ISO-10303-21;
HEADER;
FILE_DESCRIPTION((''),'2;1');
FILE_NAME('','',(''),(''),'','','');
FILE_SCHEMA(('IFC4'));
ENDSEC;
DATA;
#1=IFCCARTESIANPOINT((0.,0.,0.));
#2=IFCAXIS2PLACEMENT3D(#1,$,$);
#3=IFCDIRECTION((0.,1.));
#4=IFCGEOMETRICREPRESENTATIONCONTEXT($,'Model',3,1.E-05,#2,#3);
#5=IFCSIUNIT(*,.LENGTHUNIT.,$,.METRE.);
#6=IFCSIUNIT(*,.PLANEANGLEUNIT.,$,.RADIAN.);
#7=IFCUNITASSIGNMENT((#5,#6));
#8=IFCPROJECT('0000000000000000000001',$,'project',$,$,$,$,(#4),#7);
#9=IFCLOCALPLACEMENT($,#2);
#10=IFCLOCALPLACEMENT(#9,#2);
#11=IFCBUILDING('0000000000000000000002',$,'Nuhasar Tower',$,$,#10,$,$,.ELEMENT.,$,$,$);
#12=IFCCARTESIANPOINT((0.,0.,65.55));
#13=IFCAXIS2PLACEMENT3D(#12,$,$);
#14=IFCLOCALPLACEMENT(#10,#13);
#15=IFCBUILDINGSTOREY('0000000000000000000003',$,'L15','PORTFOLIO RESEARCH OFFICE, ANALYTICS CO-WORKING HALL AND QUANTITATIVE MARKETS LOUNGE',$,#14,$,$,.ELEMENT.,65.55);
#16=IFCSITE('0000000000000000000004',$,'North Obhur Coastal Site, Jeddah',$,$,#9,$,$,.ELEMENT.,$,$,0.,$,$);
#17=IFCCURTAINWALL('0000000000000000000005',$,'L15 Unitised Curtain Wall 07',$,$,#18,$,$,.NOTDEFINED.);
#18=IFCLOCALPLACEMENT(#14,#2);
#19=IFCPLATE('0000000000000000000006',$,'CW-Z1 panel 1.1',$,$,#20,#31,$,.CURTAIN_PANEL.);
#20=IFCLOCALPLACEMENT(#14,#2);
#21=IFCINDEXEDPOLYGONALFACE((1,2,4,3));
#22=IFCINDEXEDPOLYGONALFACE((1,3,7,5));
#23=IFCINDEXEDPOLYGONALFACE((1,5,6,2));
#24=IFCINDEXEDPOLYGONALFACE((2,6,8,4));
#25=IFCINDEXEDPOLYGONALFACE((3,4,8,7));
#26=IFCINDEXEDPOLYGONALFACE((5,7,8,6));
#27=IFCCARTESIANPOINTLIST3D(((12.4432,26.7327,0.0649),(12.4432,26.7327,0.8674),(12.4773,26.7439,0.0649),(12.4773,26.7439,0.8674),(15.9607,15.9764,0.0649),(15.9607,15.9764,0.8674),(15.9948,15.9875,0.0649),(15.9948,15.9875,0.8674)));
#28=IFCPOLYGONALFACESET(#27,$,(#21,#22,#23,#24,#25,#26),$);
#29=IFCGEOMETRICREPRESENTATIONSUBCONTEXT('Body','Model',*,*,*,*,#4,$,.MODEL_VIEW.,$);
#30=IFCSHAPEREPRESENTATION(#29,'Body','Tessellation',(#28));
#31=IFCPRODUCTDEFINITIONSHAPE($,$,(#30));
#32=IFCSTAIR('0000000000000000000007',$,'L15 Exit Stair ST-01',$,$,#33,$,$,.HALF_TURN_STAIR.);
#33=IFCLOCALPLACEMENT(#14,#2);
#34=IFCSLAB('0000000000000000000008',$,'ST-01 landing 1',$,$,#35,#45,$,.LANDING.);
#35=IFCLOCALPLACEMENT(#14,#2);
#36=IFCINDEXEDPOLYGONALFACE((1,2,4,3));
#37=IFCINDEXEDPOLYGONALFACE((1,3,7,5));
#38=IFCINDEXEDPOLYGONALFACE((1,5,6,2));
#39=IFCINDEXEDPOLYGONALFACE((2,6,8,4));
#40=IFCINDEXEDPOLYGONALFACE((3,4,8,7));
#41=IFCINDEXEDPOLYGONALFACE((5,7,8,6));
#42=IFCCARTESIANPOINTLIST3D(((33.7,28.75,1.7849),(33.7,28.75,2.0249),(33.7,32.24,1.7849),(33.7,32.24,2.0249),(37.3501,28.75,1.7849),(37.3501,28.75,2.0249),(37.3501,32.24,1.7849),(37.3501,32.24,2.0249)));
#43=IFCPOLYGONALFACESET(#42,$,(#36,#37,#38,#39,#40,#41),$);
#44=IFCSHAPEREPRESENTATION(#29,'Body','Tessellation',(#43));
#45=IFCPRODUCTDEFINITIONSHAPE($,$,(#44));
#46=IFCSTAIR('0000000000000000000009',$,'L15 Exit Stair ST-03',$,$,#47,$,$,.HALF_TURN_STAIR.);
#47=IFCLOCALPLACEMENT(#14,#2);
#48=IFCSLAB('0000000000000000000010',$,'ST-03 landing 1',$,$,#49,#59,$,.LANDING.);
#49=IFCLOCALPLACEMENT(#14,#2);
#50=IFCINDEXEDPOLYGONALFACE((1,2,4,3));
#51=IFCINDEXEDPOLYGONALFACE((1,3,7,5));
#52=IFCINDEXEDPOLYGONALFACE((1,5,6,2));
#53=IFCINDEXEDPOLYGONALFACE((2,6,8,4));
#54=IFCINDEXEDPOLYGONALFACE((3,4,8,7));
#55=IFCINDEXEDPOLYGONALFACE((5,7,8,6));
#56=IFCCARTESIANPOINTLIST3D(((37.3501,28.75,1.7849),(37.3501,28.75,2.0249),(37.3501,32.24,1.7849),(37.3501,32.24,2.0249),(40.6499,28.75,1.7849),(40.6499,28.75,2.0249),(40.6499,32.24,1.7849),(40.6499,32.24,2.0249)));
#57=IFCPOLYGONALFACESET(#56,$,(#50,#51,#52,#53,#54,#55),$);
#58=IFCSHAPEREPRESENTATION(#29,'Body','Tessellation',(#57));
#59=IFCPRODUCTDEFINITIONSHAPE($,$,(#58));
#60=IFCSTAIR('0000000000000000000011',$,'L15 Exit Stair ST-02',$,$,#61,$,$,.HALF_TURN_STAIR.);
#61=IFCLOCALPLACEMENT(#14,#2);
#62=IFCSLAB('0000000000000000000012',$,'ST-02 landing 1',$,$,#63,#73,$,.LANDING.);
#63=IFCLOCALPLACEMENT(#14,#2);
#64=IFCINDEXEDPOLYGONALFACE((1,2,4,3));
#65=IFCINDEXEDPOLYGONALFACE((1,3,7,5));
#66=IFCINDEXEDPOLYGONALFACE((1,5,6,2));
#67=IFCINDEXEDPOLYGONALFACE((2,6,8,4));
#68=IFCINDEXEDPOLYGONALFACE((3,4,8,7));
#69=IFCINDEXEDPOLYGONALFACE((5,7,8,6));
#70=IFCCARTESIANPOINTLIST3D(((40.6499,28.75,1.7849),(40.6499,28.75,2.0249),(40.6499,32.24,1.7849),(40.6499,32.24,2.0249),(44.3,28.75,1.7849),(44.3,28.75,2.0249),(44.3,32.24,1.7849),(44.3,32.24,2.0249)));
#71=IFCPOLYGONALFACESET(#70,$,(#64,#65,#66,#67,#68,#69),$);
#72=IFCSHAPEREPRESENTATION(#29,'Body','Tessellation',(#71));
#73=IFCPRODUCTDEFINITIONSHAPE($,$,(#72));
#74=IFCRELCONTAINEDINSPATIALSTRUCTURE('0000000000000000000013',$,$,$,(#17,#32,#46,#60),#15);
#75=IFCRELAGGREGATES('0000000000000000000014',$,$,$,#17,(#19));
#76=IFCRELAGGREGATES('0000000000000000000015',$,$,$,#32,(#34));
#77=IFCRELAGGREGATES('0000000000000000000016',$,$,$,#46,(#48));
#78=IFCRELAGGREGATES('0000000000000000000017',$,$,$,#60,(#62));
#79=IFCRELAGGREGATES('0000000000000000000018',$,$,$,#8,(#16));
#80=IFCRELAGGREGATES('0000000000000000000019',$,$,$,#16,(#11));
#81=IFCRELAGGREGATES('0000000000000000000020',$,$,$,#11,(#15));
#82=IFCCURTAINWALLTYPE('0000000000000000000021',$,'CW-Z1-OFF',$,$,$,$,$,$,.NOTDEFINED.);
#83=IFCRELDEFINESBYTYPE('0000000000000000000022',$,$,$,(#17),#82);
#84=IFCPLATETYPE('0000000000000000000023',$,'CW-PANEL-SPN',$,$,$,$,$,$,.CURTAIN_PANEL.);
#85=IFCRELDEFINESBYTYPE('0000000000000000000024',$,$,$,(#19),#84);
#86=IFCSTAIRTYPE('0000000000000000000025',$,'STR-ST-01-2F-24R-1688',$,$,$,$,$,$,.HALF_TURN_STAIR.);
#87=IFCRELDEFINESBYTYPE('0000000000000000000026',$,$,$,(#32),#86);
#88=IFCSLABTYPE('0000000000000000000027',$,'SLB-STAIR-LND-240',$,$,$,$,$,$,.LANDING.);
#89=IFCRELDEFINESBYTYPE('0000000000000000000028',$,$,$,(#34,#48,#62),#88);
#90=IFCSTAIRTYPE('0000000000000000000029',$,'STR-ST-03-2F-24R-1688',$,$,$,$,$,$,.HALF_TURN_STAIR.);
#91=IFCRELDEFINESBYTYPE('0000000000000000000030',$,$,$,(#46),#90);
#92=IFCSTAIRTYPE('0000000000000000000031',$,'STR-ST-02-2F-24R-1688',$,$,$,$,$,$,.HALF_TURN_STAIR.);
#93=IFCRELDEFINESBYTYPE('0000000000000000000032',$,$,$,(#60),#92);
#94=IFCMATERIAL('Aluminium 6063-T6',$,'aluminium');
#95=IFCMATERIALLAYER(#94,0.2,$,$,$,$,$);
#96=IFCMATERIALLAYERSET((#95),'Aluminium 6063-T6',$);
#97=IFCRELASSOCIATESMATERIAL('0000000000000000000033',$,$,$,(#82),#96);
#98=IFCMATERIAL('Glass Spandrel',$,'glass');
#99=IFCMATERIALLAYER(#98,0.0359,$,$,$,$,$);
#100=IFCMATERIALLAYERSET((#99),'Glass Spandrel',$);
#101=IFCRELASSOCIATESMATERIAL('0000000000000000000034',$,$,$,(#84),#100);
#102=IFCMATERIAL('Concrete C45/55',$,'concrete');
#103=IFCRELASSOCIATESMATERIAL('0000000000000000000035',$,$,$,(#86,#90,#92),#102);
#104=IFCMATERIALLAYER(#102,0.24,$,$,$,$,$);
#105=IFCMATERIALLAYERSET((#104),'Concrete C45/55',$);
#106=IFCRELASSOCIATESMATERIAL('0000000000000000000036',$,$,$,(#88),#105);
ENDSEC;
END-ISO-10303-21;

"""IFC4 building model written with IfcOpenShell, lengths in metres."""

from ifc_helpers import new_model, si_unit, direction, frame, origin, origin_2d, place, context, subcontext, project, spatial, polyline, rectangle, outline, extrude, material, layer, layer_set, type_object, element, aggregate, save


model = new_model("IFC4")

# Units and contexts
model_context = context("Model", 3, precision=1e-05, world=origin(), true_north=direction((0.0, 1.0)))
body_context = subcontext(model_context, "Body", "Model", "MODEL_VIEW")
ifc_project = project(units=[si_unit("LENGTHUNIT", "METRE"), si_unit("PLANEANGLEUNIT", "RADIAN")], contexts=[model_context])

# Site, building, storey
site_placement = place(None, origin())
site = spatial("IfcSite", under=ifc_project, at=site_placement, Name="North Obhur Coastal Site, Jeddah", CompositionType="ELEMENT", RefElevation=0.0)
building_placement = place(site_placement, origin())
building = spatial("IfcBuilding", under=site, at=building_placement, Name="Nuhasar Tower", CompositionType="ELEMENT")
storey_placement = place(building_placement, frame((0.0, 0.0, 65.55)))
storey = spatial("IfcBuildingStorey", under=building, at=storey_placement, Name="L15", Description="PORTFOLIO RESEARCH OFFICE, ANALYTICS CO-WORKING HALL AND QUANTITATIVE MARKETS LOUNGE", CompositionType="ELEMENT", Elevation=65.55)

# Curtain wall
ifc_material_1 = material(Name="Aluminium 6063-T6", Category="aluminium")
ifc_layer_1 = layer(ifc_material_1, 0.2)
ifc_layer_set_1 = layer_set([ifc_layer_1], Name="Aluminium 6063-T6")
curtain_wall_type = type_object("IfcCurtainWallType", Name="CW-Z1-OFF", PredefinedType="NOTDEFINED", material=ifc_layer_set_1)
curtain_wall_1_placement = place(storey_placement, origin())
curtain_wall_1 = element("IfcCurtainWall", 1, at=curtain_wall_1_placement, inside=storey, type_object=curtain_wall_type, Name="L15 Unitised Curtain Wall 07", PredefinedType="NOTDEFINED")

# Plate
ifc_material_2 = material(Name="Glass Spandrel", Category="glass")
ifc_layer_2 = layer(ifc_material_2, 0.0359)
ifc_layer_set_2 = layer_set([ifc_layer_2], Name="Glass Spandrel")
plate_type_1 = type_object("IfcPlateType", Name="CW-PANEL-SPN", PredefinedType="CURTAIN_PANEL", material=ifc_layer_set_2)
plate_1_placement = place(storey_placement, frame((14.219, 21.3601, 0.0649), z_axis=(0.0, 0.0, 1.0), x_axis=(0.310824, -0.950468, 0.0)))
plate_1 = element("IfcPlate", 2, at=plate_1_placement, type_object=plate_type_1, Name="CW-Z1 panel 1.1", PredefinedType="CURTAIN_PANEL", context=body_context, shape_type="SweptSolid", body=[
    extrude(rectangle(XDim=11.3169, YDim=0.0359, at=origin_2d()), origin(), (0.0, 0.0, 1.0), 0.8025),
])
aggregate(curtain_wall_1, [plate_1])

# Stairs, slabs
ifc_material_3 = material(Name="Concrete C45/55", Category="concrete")
stair_type_1 = type_object("IfcStairType", Name="STR-ST-01-2F-24R-1688", PredefinedType="HALF_TURN_STAIR", material=ifc_material_3)
stair_1_placement = place(storey_placement, origin())
stair_1 = element("IfcStair", 3, at=stair_1_placement, inside=storey, type_object=stair_type_1, Name="L15 Exit Stair ST-01", PredefinedType="HALF_TURN_STAIR")
ifc_layer_3 = layer(ifc_material_3, 0.24)
ifc_layer_set_3 = layer_set([ifc_layer_3], Name="Concrete C45/55")
slab_type_1 = type_object("IfcSlabType", Name="SLB-STAIR-LND-240", PredefinedType="LANDING", material=ifc_layer_set_3)
slab_1_placement = place(storey_placement, frame((0.0, 0.0, 1.7849)))
slab_1 = element("IfcSlab", 4, at=slab_1_placement, type_object=slab_type_1, Name="ST-01 landing 1", PredefinedType="LANDING", context=body_context, shape_type="SweptSolid", body=[
    extrude(outline(polyline([(33.7, 28.75), (37.3501, 28.75), (37.3501, 32.24), (33.7, 32.24), (33.7, 28.75)])), origin(), (0.0, 0.0, 1.0), 0.24),
])
aggregate(stair_1, [slab_1])
stair_type_2 = type_object("IfcStairType", Name="STR-ST-03-2F-24R-1688", PredefinedType="HALF_TURN_STAIR", material=ifc_material_3)
stair_2_placement = place(storey_placement, origin())
stair_2 = element("IfcStair", 5, at=stair_2_placement, inside=storey, type_object=stair_type_2, Name="L15 Exit Stair ST-03", PredefinedType="HALF_TURN_STAIR")
slab_2_placement = place(storey_placement, frame((0.0, 0.0, 1.7849)))
slab_2 = element("IfcSlab", 6, at=slab_2_placement, type_object=slab_type_1, Name="ST-03 landing 1", PredefinedType="LANDING", context=body_context, shape_type="SweptSolid", body=[
    extrude(outline(polyline([(37.3501, 28.75), (40.6499, 28.75), (40.6499, 32.24), (37.3501, 32.24), (37.3501, 28.75)])), origin(), (0.0, 0.0, 1.0), 0.24),
])
aggregate(stair_2, [slab_2])
stair_type_3 = type_object("IfcStairType", Name="STR-ST-02-2F-24R-1688", PredefinedType="HALF_TURN_STAIR", material=ifc_material_3)
stair_3_placement = place(storey_placement, origin())
stair_3 = element("IfcStair", 7, at=stair_3_placement, inside=storey, type_object=stair_type_3, Name="L15 Exit Stair ST-02", PredefinedType="HALF_TURN_STAIR")
slab_3_placement = place(storey_placement, frame((0.0, 0.0, 1.7849)))
slab_3 = element("IfcSlab", 8, at=slab_3_placement, type_object=slab_type_1, Name="ST-02 landing 1", PredefinedType="LANDING", context=body_context, shape_type="SweptSolid", body=[
    extrude(outline(polyline([(40.6499, 28.75), (44.3, 28.75), (44.3, 32.24), (40.6499, 32.24), (40.6499, 28.75)])), origin(), (0.0, 0.0, 1.0), 0.24),
])
aggregate(stair_3, [slab_3])

save(model, "model.ifc")
